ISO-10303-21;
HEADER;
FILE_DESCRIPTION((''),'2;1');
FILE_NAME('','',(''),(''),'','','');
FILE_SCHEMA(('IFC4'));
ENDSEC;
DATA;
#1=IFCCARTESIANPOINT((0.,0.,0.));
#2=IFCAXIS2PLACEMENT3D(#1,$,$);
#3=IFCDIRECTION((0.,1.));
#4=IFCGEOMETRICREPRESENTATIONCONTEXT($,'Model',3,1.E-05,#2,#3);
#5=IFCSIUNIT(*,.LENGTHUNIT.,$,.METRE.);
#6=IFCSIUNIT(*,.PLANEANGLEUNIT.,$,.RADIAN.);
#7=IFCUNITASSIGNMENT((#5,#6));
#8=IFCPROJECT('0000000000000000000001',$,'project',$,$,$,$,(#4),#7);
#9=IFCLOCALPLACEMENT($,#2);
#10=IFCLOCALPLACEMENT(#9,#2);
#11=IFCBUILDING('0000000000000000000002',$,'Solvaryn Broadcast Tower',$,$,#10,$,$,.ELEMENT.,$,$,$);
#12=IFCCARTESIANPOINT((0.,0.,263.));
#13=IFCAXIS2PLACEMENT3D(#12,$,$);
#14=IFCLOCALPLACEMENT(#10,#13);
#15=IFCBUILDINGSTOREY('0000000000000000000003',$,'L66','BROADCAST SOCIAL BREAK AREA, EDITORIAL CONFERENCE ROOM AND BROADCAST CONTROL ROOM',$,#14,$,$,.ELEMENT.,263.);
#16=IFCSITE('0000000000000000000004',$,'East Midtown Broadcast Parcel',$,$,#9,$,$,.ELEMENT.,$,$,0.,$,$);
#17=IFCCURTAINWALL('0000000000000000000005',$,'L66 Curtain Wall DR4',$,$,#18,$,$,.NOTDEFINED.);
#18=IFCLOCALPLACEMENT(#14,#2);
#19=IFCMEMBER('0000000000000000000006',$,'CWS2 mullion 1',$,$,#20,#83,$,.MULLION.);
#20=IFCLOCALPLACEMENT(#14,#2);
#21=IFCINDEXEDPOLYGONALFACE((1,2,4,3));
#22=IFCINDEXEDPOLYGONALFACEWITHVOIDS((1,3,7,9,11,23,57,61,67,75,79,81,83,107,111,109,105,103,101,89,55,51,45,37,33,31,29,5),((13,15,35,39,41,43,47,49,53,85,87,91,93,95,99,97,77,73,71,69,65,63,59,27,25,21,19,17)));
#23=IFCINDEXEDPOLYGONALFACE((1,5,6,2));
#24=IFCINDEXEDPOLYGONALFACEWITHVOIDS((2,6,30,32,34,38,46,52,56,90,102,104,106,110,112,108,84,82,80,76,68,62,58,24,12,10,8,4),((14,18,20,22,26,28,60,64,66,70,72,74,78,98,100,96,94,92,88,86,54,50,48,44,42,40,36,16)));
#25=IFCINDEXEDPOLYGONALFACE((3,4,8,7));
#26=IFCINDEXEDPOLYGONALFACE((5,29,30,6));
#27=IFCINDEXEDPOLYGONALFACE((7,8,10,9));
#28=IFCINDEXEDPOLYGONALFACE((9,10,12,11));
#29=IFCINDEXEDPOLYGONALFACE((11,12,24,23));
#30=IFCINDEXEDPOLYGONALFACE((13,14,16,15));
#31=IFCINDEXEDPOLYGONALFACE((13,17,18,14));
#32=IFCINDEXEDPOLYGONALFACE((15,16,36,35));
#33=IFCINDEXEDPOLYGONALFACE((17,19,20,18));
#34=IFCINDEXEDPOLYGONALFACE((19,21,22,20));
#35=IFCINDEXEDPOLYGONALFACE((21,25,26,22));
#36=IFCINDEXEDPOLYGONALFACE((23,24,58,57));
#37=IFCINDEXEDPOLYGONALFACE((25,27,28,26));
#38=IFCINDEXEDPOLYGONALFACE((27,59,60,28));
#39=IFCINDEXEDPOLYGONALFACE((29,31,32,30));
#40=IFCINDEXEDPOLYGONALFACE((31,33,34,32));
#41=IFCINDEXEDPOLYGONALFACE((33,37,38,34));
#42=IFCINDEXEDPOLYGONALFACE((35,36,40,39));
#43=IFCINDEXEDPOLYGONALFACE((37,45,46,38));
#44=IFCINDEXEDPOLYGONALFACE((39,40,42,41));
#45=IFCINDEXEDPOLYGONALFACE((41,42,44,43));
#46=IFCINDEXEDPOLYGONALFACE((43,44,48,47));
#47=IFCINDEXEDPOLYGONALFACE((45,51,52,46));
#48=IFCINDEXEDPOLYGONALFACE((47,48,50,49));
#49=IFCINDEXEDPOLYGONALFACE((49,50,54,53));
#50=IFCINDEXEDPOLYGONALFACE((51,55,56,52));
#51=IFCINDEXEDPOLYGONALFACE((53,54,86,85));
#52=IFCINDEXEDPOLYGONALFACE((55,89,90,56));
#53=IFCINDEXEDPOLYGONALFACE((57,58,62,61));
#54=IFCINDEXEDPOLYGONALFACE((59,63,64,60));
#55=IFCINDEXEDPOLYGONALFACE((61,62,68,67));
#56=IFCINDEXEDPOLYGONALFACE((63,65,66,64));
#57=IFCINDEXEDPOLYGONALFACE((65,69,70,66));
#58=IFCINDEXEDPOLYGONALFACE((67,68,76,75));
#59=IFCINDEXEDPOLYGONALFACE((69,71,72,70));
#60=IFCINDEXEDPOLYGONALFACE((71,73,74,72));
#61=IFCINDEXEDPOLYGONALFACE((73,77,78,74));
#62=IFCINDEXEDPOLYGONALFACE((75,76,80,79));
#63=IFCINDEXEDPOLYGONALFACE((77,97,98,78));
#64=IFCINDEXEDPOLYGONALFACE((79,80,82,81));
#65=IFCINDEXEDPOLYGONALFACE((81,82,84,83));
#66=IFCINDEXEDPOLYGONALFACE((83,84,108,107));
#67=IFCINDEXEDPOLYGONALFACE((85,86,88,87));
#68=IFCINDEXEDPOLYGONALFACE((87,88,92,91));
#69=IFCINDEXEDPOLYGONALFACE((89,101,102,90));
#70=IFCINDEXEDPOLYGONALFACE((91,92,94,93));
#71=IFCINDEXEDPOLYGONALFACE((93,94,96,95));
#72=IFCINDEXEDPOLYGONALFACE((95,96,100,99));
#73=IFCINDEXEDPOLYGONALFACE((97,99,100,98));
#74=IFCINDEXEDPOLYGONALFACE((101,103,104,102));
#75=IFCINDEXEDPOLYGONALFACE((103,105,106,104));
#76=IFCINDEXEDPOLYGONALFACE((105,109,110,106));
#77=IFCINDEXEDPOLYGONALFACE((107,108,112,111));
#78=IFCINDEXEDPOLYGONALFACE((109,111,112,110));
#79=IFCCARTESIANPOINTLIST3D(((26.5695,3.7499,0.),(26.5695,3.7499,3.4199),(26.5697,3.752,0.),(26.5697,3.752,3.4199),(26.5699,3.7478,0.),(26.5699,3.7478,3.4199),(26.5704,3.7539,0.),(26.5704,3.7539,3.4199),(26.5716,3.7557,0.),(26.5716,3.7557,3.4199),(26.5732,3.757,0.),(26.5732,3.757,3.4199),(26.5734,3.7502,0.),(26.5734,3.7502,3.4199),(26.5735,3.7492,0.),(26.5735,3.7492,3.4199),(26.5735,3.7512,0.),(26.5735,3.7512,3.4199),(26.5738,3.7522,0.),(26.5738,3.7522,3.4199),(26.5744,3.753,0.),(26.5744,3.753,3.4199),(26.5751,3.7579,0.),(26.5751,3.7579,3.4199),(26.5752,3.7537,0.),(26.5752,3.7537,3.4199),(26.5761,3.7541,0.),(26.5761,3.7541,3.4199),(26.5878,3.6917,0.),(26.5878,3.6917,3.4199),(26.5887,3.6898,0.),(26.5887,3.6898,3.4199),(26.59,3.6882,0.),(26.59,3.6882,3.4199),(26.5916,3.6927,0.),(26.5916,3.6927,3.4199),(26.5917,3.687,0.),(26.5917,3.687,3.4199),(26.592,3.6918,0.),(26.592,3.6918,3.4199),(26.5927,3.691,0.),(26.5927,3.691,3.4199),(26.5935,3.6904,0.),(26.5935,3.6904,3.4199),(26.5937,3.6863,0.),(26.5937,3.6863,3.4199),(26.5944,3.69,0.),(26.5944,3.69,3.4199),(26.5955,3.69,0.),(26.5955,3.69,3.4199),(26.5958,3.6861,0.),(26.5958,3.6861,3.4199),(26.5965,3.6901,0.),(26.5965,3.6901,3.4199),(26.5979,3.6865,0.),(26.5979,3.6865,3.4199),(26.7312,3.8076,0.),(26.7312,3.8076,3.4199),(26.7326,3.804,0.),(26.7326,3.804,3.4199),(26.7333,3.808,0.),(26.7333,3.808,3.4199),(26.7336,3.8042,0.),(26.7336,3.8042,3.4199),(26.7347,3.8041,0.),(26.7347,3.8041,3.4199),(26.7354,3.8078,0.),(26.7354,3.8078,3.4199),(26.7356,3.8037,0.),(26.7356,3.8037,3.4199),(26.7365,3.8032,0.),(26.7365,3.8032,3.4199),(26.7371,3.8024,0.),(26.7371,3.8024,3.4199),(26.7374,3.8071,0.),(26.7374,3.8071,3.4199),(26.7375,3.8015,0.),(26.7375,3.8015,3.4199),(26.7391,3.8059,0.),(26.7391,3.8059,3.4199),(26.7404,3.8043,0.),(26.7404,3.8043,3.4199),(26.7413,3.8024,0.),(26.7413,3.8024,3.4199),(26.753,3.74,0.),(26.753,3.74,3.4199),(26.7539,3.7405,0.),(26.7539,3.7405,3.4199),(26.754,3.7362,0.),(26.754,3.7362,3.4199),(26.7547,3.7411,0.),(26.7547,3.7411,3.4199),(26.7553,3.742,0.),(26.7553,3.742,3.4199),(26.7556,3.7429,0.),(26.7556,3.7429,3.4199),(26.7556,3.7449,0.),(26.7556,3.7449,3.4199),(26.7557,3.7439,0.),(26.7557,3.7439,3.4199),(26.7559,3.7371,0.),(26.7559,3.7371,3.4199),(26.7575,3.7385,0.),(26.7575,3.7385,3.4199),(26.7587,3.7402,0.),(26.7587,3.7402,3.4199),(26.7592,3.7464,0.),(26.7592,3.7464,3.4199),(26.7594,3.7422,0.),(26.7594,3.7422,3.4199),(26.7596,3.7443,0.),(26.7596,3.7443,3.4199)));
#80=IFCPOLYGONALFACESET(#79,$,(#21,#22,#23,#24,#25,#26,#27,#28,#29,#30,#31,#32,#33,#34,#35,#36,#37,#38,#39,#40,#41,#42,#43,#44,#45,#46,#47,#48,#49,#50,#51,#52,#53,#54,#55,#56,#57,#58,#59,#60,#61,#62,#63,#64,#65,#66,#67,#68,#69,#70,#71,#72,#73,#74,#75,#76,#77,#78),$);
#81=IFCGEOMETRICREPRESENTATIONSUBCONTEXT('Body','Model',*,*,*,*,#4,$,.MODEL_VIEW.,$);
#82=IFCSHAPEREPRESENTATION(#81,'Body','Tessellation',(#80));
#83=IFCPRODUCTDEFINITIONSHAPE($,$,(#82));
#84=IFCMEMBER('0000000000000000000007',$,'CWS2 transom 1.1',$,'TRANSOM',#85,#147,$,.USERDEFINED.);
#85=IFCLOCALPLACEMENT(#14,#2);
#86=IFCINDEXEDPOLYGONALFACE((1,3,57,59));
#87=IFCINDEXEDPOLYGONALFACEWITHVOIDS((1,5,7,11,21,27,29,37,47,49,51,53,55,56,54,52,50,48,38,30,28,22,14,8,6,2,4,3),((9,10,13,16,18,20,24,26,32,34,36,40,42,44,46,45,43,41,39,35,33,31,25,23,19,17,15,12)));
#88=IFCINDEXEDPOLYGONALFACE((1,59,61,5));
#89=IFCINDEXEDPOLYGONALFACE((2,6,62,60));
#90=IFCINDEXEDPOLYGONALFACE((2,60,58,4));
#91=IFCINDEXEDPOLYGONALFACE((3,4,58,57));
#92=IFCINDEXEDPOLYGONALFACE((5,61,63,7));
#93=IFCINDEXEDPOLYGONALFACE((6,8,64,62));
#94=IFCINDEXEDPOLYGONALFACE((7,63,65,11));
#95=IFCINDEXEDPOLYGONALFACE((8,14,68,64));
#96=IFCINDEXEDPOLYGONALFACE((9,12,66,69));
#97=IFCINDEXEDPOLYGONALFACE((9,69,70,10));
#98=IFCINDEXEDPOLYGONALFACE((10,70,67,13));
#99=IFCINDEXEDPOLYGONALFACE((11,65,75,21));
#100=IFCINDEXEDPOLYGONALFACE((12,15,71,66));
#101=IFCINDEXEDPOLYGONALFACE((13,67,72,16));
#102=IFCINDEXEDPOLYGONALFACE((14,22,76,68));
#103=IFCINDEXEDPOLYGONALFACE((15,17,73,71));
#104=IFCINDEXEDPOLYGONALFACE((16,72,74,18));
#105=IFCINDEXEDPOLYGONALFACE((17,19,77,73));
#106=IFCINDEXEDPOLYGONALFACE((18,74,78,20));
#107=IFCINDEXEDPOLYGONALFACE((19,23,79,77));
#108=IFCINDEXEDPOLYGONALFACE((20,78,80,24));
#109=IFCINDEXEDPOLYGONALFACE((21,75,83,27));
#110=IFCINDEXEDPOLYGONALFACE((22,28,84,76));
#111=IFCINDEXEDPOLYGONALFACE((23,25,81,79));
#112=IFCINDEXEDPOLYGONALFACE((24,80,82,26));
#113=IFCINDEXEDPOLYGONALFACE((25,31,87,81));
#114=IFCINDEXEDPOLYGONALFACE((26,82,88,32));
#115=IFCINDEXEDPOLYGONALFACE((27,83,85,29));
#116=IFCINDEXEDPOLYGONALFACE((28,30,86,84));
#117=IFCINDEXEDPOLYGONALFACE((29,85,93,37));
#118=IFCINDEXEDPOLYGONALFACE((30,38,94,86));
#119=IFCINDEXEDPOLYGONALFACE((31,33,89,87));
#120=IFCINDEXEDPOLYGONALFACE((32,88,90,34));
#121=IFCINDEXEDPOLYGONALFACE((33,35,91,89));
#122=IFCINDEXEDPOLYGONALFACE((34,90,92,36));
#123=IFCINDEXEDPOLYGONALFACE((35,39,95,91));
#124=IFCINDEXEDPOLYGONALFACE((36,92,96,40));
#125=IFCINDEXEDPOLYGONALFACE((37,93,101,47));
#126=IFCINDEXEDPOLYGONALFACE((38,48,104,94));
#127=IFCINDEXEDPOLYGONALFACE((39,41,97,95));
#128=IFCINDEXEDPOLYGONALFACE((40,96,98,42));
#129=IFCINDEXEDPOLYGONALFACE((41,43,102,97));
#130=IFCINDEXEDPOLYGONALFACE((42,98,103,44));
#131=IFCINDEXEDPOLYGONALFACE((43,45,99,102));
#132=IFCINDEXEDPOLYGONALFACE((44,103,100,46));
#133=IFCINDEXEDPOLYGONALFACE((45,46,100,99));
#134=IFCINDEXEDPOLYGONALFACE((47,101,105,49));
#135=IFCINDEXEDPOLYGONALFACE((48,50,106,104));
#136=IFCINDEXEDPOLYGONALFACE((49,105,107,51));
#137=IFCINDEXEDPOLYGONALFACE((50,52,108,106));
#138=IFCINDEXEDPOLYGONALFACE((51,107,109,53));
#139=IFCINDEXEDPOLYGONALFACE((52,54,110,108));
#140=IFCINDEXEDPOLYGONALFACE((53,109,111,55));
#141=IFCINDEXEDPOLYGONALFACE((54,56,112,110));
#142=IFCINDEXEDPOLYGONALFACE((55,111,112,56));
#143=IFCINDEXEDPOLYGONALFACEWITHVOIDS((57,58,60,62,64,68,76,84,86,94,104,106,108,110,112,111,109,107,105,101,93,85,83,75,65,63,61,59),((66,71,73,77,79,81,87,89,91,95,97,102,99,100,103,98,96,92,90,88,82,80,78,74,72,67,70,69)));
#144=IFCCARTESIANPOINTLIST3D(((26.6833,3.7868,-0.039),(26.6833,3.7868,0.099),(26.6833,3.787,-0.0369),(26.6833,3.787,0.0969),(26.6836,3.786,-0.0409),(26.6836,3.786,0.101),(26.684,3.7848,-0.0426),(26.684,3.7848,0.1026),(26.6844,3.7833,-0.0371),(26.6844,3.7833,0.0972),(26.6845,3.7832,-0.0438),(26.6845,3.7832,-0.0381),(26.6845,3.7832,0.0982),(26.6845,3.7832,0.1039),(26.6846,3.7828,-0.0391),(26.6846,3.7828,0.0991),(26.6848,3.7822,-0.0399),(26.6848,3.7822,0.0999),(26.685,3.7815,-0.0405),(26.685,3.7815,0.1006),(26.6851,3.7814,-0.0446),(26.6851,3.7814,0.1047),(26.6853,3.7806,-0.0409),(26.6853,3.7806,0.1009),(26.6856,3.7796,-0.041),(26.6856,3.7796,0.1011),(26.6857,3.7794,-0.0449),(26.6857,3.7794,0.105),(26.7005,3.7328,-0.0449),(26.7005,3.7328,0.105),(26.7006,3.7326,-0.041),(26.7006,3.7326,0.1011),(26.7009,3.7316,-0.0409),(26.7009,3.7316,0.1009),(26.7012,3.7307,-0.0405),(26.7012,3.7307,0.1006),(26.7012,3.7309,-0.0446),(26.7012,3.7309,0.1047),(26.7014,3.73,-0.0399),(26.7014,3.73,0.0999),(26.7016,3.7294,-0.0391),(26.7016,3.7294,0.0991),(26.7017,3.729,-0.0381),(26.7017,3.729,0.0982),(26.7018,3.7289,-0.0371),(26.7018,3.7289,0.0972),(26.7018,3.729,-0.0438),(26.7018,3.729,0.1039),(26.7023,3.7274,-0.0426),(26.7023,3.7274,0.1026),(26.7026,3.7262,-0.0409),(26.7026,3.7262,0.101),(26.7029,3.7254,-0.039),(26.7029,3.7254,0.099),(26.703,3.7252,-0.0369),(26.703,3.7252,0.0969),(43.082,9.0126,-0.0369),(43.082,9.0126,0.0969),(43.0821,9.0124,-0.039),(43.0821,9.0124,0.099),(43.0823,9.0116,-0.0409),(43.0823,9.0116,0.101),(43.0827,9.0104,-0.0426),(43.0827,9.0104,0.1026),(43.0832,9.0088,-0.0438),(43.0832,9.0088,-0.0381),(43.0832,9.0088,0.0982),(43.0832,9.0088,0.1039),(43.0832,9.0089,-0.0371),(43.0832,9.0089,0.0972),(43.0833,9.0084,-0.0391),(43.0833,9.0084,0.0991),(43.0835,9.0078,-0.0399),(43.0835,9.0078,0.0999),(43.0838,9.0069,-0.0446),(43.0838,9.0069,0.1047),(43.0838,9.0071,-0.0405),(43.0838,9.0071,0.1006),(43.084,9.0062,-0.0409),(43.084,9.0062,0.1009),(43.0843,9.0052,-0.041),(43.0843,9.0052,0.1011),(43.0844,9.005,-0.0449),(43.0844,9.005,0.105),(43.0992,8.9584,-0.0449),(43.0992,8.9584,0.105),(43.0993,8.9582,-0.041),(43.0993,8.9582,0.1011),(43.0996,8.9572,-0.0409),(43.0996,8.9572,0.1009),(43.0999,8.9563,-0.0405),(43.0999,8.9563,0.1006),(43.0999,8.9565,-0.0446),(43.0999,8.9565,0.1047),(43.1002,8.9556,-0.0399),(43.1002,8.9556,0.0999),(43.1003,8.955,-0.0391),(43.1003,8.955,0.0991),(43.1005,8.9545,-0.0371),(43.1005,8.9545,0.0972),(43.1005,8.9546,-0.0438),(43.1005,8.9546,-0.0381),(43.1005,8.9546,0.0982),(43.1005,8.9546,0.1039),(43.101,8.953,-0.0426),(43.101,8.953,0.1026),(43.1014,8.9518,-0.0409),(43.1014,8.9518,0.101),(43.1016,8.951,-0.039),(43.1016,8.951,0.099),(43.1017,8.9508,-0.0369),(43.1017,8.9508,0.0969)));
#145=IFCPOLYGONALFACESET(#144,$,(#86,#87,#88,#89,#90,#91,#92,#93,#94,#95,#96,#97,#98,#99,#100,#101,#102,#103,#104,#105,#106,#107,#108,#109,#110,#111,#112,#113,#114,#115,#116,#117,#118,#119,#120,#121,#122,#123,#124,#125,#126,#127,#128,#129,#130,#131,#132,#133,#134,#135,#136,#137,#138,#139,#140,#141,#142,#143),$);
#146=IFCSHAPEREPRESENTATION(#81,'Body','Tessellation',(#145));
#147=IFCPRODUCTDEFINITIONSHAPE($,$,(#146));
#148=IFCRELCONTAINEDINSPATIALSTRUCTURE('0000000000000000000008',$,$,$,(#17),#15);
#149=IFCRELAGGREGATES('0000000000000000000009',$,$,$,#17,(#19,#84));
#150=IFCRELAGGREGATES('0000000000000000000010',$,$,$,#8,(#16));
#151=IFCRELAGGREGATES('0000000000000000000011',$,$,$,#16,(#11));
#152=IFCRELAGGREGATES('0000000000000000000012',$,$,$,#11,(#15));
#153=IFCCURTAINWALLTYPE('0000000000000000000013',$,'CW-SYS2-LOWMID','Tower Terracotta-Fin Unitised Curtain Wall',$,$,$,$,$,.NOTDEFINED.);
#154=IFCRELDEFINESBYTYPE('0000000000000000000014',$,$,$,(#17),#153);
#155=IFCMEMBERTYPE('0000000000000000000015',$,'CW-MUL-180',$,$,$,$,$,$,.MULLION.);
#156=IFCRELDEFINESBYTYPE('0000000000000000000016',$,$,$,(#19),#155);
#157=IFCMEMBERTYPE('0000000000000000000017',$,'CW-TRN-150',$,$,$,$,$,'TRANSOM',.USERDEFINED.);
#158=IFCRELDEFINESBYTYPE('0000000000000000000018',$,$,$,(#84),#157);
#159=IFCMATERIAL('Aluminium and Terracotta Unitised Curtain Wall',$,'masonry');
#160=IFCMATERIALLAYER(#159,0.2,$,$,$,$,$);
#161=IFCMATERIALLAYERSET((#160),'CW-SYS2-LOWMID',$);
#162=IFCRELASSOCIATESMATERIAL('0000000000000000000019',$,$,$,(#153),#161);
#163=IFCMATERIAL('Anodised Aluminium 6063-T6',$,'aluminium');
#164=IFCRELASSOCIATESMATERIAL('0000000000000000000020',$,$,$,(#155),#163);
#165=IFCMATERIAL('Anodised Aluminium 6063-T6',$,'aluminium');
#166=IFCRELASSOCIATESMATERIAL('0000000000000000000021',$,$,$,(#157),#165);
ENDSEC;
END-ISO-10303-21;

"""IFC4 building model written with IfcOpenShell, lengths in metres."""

from ifc_helpers import new_model, si_unit, direction, frame, origin, origin_2d, place, context, subcontext, project, spatial, hollow_rectangle, extrude, material, layer, layer_set, material_profile, profile_set, type_object, element, aggregate, save


model = new_model("IFC4")

# Units and contexts
model_context = context("Model", 3, precision=1e-05, world=origin(), true_north=direction((0.0, 1.0)))
body_context = subcontext(model_context, "Body", "Model", "MODEL_VIEW")
ifc_project = project(units=[si_unit("LENGTHUNIT", "METRE"), si_unit("PLANEANGLEUNIT", "RADIAN")], contexts=[model_context])

# Site, building, storey
site_placement = place(None, origin())
site = spatial("IfcSite", under=ifc_project, at=site_placement, Name="East Midtown Broadcast Parcel", CompositionType="ELEMENT", RefElevation=0.0)
building_placement = place(site_placement, origin())
building = spatial("IfcBuilding", under=site, at=building_placement, Name="Solvaryn Broadcast Tower", CompositionType="ELEMENT")
storey_placement = place(building_placement, frame((0.0, 0.0, 263.0)))
storey = spatial("IfcBuildingStorey", under=building, at=storey_placement, Name="L66", Description="BROADCAST SOCIAL BREAK AREA, EDITORIAL CONFERENCE ROOM AND BROADCAST CONTROL ROOM", CompositionType="ELEMENT", Elevation=263.0)

# Shared definitions
ifc_material_1 = material(Name="Aluminium and Terracotta Unitised Curtain Wall", Category="masonry")
ifc_layer_1 = layer(ifc_material_1, 0.2)
ifc_layer_set_1 = layer_set([ifc_layer_1], Name="CW-SYS2-LOWMID")
curtain_wall_type = type_object("IfcCurtainWallType", Name="CW-SYS2-LOWMID", Description="Tower Terracotta-Fin Unitised Curtain Wall", PredefinedType="NOTDEFINED", material=ifc_layer_set_1)
ifc_material_2 = material(Name="Anodised Aluminium 6063-T6", Category="aluminium")
ifc_material_profile_1 = material_profile(ifc_material_2, hollow_rectangle(XDim=0.075, YDim=0.1799, WallThickness=0.0039, InnerFilletRadius=0.0039, OuterFilletRadius=0.0081, at=origin_2d()))
ifc_profile_set_1 = profile_set([ifc_material_profile_1], Name="Anodised Aluminium 6063-T6")
member_type_1 = type_object("IfcMemberType", Name="CW-MUL-180", PredefinedType="MULLION", material=ifc_profile_set_1)

# Curtain wall, members
curtain_wall_1_placement = place(storey_placement, origin())
curtain_wall_1 = element("IfcCurtainWall", 1, at=curtain_wall_1_placement, inside=storey, type_object=curtain_wall_type, Name="L66 Curtain Wall DR4", PredefinedType="NOTDEFINED")
member_1_placement = place(storey_placement, frame((26.6646, 3.7471, 0.0), z_axis=(0.0, 0.0, 1.0), x_axis=(-0.303616, 0.952795, 0.0)))
member_1 = element("IfcMember", 2, at=member_1_placement, type_object=member_type_1, Name="CWS2 mullion 1", PredefinedType="MULLION", context=body_context, shape_type="SweptSolid", body=[
    extrude(hollow_rectangle(XDim=0.075, YDim=0.1799, WallThickness=0.0039, InnerFilletRadius=0.0039, OuterFilletRadius=0.0081, at=origin_2d()), origin(), (0.0, 0.0, 1.0), 3.4199),
])
ifc_material_3 = material(Name="Anodised Aluminium 6063-T6", Category="aluminium")
ifc_material_profile_2 = material_profile(ifc_material_3, hollow_rectangle(XDim=0.0649, YDim=0.1499, WallThickness=0.0039, InnerFilletRadius=0.0039, OuterFilletRadius=0.0081, at=origin_2d()))
ifc_profile_set_2 = profile_set([ifc_material_profile_2], Name="Anodised Aluminium 6063-T6")
member_type_2 = type_object("IfcMemberType", Name="CW-TRN-150", ElementType="TRANSOM", PredefinedType="USERDEFINED", material=ifc_profile_set_2)
member_2_placement = place(storey_placement, frame((26.6931, 3.7561, 0.03), z_axis=(0.952794, 0.303616, 0.0), x_axis=(-0.303616, 0.952794, 0.0)))
member_2 = element("IfcMember", 3, at=member_2_placement, type_object=member_type_2, Name="CWS2 transom 1.1", ObjectType="TRANSOM", PredefinedType="USERDEFINED", context=body_context, shape_type="SweptSolid", body=[
    extrude(hollow_rectangle(XDim=0.0649, YDim=0.1499, WallThickness=0.0039, InnerFilletRadius=0.0039, OuterFilletRadius=0.0081, at=origin_2d()), origin(), (0.0, 0.0, 1.0), 17.2112),
])
aggregate(curtain_wall_1, [member_1, member_2])

save(model, "model.ifc")
